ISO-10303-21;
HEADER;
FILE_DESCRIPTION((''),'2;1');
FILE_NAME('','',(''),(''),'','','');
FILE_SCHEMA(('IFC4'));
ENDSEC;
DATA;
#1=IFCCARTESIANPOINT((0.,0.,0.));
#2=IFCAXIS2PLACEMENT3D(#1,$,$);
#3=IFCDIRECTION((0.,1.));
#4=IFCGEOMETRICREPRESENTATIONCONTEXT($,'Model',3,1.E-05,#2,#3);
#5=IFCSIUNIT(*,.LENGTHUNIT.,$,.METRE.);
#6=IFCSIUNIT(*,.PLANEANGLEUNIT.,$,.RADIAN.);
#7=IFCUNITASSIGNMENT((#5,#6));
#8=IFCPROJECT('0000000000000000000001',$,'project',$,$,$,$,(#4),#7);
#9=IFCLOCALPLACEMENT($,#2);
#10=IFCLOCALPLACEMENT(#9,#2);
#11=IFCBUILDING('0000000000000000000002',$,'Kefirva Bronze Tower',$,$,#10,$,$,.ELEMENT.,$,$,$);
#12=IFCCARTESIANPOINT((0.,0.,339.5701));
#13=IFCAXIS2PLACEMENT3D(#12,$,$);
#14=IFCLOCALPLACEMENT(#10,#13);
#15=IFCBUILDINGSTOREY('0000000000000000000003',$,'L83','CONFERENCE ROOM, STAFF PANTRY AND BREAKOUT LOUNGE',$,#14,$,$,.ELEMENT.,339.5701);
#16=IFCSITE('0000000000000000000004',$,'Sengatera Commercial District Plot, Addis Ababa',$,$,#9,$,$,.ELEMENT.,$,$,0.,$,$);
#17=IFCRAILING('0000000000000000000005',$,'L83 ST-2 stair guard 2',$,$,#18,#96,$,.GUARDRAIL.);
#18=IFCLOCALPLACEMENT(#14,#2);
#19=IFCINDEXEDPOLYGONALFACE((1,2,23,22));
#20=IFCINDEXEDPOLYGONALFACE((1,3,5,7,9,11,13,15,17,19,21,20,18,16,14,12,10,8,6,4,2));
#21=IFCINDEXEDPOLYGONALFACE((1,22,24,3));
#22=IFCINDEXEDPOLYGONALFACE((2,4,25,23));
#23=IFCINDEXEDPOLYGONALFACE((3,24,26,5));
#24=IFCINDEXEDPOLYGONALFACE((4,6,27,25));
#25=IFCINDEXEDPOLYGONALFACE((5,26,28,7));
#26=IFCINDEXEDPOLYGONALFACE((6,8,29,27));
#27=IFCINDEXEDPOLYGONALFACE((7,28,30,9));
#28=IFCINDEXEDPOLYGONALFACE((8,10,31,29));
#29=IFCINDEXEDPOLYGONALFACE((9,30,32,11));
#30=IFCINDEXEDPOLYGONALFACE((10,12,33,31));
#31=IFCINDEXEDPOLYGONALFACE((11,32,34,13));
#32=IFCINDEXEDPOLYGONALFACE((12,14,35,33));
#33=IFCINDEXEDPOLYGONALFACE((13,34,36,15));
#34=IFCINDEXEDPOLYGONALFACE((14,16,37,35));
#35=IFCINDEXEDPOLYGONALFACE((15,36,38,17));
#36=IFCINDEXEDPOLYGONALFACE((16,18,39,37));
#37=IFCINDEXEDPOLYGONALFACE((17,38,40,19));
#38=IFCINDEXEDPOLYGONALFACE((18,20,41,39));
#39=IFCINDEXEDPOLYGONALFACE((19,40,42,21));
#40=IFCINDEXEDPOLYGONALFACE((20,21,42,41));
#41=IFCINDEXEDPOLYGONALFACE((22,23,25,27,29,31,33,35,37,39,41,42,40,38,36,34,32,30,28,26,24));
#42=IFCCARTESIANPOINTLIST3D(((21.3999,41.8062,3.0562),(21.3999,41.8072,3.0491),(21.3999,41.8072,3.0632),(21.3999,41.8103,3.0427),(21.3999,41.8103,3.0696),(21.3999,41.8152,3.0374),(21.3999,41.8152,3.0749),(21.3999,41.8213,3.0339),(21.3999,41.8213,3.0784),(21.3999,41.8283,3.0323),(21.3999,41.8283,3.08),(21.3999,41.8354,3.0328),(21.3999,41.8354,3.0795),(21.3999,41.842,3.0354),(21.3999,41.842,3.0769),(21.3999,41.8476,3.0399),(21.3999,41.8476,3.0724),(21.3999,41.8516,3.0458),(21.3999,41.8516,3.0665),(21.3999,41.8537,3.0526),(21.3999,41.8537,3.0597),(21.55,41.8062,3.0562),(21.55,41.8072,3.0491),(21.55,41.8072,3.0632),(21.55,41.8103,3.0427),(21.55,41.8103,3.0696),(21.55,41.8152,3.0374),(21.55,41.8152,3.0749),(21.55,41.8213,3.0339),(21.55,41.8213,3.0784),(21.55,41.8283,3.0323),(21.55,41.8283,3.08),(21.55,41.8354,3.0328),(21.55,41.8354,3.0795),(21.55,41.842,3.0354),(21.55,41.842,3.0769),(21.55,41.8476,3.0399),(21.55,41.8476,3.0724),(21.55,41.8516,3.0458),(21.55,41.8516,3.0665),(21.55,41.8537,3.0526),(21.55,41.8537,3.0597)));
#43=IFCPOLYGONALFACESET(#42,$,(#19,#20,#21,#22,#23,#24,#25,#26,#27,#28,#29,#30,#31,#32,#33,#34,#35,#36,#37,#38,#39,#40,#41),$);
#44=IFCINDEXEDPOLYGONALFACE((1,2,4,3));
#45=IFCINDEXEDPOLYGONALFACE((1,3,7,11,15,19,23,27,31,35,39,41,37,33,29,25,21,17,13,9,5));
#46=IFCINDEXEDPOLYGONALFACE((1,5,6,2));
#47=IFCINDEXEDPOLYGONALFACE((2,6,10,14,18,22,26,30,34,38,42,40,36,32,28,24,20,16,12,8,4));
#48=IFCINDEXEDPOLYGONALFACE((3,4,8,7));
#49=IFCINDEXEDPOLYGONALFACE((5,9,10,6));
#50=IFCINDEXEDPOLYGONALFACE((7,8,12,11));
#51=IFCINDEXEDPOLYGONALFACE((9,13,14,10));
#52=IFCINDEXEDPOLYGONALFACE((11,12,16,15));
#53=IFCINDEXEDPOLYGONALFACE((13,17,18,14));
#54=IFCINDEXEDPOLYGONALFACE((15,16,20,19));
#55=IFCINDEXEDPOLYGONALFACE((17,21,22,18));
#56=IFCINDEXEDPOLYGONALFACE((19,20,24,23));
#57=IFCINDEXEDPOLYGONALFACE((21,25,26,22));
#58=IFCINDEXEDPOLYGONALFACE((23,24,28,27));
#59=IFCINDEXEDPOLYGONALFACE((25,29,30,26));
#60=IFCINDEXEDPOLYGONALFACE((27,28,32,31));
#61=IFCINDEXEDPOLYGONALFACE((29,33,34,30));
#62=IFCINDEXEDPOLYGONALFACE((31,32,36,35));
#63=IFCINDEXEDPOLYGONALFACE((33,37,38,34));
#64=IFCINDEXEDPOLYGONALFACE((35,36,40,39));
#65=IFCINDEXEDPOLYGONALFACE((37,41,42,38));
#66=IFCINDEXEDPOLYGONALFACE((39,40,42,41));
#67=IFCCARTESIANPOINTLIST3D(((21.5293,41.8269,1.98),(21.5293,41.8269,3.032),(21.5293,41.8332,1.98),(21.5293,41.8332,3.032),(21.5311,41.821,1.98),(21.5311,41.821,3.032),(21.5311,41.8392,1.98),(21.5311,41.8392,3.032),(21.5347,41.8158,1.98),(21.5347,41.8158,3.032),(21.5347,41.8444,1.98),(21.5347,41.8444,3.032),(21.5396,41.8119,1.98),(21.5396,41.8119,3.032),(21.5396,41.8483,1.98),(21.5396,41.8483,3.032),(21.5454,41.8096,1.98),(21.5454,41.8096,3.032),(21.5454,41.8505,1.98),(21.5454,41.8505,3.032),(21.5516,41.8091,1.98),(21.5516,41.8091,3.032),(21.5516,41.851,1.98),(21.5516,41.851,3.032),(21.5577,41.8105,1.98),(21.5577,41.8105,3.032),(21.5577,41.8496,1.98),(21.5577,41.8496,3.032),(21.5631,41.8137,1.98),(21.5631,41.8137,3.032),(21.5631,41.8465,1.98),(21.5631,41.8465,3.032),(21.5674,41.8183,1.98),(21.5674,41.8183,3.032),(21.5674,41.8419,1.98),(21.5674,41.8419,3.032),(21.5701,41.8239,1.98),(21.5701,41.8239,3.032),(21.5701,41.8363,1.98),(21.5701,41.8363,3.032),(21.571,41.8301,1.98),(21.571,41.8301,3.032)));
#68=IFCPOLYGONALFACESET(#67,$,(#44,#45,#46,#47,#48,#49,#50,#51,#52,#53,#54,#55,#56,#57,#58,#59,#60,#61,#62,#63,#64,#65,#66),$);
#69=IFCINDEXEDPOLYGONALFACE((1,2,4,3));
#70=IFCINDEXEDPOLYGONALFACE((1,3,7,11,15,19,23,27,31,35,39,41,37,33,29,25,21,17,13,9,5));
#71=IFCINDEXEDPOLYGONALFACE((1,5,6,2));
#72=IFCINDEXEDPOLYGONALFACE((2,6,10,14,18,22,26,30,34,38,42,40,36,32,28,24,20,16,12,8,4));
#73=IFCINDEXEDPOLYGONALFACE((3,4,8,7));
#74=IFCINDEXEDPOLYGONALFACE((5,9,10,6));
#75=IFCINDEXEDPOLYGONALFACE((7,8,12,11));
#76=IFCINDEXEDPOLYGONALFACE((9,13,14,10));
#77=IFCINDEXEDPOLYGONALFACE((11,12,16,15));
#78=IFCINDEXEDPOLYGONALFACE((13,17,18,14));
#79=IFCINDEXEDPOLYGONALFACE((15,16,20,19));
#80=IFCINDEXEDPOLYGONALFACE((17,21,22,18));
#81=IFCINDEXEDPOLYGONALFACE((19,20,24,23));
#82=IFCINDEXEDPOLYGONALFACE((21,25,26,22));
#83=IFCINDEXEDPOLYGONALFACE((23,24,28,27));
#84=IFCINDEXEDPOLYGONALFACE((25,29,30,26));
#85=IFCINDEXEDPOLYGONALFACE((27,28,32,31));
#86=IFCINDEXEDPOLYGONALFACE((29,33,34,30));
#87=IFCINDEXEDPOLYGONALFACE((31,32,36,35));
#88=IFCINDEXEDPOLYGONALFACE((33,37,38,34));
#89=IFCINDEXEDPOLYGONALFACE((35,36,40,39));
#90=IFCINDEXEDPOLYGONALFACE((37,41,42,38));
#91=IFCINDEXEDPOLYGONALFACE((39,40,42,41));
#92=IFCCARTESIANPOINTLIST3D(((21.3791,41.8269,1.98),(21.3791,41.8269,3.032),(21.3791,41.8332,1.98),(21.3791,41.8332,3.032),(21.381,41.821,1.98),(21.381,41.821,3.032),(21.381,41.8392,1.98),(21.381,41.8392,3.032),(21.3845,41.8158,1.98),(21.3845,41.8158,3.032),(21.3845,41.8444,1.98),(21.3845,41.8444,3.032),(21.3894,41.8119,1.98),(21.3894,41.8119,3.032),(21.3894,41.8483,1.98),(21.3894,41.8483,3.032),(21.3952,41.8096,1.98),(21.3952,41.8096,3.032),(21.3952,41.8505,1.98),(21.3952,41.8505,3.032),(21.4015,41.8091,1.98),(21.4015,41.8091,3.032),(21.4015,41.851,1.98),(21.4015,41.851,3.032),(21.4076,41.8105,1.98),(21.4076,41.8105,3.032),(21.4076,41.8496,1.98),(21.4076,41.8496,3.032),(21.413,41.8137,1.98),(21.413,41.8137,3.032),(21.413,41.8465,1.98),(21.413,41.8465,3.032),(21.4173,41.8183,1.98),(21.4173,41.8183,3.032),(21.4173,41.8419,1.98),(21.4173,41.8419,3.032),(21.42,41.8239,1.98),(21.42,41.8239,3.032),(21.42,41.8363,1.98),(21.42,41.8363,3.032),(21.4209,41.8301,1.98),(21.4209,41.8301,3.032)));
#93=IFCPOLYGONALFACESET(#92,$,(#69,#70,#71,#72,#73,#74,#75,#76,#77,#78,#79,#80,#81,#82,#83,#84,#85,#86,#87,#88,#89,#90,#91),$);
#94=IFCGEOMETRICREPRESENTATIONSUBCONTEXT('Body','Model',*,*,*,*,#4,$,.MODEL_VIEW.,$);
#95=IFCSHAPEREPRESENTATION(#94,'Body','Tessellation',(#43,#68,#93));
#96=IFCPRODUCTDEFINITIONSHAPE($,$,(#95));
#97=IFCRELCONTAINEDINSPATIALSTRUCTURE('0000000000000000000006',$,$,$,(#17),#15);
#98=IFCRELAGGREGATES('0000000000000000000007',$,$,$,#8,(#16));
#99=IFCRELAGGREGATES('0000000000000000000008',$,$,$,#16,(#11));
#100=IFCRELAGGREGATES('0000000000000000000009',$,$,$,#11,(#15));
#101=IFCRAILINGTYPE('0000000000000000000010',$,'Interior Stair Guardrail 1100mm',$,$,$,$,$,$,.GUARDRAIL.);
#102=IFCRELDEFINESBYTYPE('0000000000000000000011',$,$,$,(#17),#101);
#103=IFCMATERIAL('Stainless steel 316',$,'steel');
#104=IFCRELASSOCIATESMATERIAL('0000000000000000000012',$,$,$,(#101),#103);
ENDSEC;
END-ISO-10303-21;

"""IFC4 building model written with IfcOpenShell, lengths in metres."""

from ifc_helpers import new_model, si_unit, direction, frame, origin, origin_2d, place, context, subcontext, project, spatial, circle, extrude, material, type_object, element, save


model = new_model("IFC4")

# Units and contexts
model_context = context("Model", 3, precision=1e-05, world=origin(), true_north=direction((0.0, 1.0)))
body_context = subcontext(model_context, "Body", "Model", "MODEL_VIEW")
ifc_project = project(units=[si_unit("LENGTHUNIT", "METRE"), si_unit("PLANEANGLEUNIT", "RADIAN")], contexts=[model_context])

# Site, building, storey
site_placement = place(None, origin())
site = spatial("IfcSite", under=ifc_project, at=site_placement, Name="Sengatera Commercial District Plot, Addis Ababa", CompositionType="ELEMENT", RefElevation=0.0)
building_placement = place(site_placement, origin())
building = spatial("IfcBuilding", under=site, at=building_placement, Name="Kefirva Bronze Tower", CompositionType="ELEMENT")
storey_placement = place(building_placement, frame((0.0, 0.0, 339.5701)))
storey = spatial("IfcBuildingStorey", under=building, at=storey_placement, Name="L83", Description="CONFERENCE ROOM, STAFF PANTRY AND BREAKOUT LOUNGE", CompositionType="ELEMENT", Elevation=339.5701)

# Shared definitions
ifc_material_1 = material(Name="Stainless steel 316", Category="steel")

# Railing
railing_type_1 = type_object("IfcRailingType", Name="Interior Stair Guardrail 1100mm", PredefinedType="GUARDRAIL", material=ifc_material_1)
railing_1_placement = place(storey_placement, frame((21.55, 41.8301, 1.98)))
element("IfcRailing", 1, at=railing_1_placement, inside=storey, type_object=railing_type_1, Name="L83 ST-2 stair guard 2", PredefinedType="GUARDRAIL", context=body_context, shape_type="SweptSolid", body=[
    extrude(circle(Radius=0.0239, at=origin_2d()), frame((0.0, 0.0, 1.0762), z_axis=(-1.0, 0.0, 0.0), x_axis=(0.0, -1.0, 0.0)), (0.0, 0.0, 1.0), 0.1501),
    extrude(circle(Radius=0.021, at=origin_2d()), origin(), (0.0, 0.0, 1.0), 1.052),
    extrude(circle(Radius=0.021, at=origin_2d()), frame((-0.1501, 0.0, 0.0)), (0.0, 0.0, 1.0), 1.052),
])

save(model, "model.ifc")
